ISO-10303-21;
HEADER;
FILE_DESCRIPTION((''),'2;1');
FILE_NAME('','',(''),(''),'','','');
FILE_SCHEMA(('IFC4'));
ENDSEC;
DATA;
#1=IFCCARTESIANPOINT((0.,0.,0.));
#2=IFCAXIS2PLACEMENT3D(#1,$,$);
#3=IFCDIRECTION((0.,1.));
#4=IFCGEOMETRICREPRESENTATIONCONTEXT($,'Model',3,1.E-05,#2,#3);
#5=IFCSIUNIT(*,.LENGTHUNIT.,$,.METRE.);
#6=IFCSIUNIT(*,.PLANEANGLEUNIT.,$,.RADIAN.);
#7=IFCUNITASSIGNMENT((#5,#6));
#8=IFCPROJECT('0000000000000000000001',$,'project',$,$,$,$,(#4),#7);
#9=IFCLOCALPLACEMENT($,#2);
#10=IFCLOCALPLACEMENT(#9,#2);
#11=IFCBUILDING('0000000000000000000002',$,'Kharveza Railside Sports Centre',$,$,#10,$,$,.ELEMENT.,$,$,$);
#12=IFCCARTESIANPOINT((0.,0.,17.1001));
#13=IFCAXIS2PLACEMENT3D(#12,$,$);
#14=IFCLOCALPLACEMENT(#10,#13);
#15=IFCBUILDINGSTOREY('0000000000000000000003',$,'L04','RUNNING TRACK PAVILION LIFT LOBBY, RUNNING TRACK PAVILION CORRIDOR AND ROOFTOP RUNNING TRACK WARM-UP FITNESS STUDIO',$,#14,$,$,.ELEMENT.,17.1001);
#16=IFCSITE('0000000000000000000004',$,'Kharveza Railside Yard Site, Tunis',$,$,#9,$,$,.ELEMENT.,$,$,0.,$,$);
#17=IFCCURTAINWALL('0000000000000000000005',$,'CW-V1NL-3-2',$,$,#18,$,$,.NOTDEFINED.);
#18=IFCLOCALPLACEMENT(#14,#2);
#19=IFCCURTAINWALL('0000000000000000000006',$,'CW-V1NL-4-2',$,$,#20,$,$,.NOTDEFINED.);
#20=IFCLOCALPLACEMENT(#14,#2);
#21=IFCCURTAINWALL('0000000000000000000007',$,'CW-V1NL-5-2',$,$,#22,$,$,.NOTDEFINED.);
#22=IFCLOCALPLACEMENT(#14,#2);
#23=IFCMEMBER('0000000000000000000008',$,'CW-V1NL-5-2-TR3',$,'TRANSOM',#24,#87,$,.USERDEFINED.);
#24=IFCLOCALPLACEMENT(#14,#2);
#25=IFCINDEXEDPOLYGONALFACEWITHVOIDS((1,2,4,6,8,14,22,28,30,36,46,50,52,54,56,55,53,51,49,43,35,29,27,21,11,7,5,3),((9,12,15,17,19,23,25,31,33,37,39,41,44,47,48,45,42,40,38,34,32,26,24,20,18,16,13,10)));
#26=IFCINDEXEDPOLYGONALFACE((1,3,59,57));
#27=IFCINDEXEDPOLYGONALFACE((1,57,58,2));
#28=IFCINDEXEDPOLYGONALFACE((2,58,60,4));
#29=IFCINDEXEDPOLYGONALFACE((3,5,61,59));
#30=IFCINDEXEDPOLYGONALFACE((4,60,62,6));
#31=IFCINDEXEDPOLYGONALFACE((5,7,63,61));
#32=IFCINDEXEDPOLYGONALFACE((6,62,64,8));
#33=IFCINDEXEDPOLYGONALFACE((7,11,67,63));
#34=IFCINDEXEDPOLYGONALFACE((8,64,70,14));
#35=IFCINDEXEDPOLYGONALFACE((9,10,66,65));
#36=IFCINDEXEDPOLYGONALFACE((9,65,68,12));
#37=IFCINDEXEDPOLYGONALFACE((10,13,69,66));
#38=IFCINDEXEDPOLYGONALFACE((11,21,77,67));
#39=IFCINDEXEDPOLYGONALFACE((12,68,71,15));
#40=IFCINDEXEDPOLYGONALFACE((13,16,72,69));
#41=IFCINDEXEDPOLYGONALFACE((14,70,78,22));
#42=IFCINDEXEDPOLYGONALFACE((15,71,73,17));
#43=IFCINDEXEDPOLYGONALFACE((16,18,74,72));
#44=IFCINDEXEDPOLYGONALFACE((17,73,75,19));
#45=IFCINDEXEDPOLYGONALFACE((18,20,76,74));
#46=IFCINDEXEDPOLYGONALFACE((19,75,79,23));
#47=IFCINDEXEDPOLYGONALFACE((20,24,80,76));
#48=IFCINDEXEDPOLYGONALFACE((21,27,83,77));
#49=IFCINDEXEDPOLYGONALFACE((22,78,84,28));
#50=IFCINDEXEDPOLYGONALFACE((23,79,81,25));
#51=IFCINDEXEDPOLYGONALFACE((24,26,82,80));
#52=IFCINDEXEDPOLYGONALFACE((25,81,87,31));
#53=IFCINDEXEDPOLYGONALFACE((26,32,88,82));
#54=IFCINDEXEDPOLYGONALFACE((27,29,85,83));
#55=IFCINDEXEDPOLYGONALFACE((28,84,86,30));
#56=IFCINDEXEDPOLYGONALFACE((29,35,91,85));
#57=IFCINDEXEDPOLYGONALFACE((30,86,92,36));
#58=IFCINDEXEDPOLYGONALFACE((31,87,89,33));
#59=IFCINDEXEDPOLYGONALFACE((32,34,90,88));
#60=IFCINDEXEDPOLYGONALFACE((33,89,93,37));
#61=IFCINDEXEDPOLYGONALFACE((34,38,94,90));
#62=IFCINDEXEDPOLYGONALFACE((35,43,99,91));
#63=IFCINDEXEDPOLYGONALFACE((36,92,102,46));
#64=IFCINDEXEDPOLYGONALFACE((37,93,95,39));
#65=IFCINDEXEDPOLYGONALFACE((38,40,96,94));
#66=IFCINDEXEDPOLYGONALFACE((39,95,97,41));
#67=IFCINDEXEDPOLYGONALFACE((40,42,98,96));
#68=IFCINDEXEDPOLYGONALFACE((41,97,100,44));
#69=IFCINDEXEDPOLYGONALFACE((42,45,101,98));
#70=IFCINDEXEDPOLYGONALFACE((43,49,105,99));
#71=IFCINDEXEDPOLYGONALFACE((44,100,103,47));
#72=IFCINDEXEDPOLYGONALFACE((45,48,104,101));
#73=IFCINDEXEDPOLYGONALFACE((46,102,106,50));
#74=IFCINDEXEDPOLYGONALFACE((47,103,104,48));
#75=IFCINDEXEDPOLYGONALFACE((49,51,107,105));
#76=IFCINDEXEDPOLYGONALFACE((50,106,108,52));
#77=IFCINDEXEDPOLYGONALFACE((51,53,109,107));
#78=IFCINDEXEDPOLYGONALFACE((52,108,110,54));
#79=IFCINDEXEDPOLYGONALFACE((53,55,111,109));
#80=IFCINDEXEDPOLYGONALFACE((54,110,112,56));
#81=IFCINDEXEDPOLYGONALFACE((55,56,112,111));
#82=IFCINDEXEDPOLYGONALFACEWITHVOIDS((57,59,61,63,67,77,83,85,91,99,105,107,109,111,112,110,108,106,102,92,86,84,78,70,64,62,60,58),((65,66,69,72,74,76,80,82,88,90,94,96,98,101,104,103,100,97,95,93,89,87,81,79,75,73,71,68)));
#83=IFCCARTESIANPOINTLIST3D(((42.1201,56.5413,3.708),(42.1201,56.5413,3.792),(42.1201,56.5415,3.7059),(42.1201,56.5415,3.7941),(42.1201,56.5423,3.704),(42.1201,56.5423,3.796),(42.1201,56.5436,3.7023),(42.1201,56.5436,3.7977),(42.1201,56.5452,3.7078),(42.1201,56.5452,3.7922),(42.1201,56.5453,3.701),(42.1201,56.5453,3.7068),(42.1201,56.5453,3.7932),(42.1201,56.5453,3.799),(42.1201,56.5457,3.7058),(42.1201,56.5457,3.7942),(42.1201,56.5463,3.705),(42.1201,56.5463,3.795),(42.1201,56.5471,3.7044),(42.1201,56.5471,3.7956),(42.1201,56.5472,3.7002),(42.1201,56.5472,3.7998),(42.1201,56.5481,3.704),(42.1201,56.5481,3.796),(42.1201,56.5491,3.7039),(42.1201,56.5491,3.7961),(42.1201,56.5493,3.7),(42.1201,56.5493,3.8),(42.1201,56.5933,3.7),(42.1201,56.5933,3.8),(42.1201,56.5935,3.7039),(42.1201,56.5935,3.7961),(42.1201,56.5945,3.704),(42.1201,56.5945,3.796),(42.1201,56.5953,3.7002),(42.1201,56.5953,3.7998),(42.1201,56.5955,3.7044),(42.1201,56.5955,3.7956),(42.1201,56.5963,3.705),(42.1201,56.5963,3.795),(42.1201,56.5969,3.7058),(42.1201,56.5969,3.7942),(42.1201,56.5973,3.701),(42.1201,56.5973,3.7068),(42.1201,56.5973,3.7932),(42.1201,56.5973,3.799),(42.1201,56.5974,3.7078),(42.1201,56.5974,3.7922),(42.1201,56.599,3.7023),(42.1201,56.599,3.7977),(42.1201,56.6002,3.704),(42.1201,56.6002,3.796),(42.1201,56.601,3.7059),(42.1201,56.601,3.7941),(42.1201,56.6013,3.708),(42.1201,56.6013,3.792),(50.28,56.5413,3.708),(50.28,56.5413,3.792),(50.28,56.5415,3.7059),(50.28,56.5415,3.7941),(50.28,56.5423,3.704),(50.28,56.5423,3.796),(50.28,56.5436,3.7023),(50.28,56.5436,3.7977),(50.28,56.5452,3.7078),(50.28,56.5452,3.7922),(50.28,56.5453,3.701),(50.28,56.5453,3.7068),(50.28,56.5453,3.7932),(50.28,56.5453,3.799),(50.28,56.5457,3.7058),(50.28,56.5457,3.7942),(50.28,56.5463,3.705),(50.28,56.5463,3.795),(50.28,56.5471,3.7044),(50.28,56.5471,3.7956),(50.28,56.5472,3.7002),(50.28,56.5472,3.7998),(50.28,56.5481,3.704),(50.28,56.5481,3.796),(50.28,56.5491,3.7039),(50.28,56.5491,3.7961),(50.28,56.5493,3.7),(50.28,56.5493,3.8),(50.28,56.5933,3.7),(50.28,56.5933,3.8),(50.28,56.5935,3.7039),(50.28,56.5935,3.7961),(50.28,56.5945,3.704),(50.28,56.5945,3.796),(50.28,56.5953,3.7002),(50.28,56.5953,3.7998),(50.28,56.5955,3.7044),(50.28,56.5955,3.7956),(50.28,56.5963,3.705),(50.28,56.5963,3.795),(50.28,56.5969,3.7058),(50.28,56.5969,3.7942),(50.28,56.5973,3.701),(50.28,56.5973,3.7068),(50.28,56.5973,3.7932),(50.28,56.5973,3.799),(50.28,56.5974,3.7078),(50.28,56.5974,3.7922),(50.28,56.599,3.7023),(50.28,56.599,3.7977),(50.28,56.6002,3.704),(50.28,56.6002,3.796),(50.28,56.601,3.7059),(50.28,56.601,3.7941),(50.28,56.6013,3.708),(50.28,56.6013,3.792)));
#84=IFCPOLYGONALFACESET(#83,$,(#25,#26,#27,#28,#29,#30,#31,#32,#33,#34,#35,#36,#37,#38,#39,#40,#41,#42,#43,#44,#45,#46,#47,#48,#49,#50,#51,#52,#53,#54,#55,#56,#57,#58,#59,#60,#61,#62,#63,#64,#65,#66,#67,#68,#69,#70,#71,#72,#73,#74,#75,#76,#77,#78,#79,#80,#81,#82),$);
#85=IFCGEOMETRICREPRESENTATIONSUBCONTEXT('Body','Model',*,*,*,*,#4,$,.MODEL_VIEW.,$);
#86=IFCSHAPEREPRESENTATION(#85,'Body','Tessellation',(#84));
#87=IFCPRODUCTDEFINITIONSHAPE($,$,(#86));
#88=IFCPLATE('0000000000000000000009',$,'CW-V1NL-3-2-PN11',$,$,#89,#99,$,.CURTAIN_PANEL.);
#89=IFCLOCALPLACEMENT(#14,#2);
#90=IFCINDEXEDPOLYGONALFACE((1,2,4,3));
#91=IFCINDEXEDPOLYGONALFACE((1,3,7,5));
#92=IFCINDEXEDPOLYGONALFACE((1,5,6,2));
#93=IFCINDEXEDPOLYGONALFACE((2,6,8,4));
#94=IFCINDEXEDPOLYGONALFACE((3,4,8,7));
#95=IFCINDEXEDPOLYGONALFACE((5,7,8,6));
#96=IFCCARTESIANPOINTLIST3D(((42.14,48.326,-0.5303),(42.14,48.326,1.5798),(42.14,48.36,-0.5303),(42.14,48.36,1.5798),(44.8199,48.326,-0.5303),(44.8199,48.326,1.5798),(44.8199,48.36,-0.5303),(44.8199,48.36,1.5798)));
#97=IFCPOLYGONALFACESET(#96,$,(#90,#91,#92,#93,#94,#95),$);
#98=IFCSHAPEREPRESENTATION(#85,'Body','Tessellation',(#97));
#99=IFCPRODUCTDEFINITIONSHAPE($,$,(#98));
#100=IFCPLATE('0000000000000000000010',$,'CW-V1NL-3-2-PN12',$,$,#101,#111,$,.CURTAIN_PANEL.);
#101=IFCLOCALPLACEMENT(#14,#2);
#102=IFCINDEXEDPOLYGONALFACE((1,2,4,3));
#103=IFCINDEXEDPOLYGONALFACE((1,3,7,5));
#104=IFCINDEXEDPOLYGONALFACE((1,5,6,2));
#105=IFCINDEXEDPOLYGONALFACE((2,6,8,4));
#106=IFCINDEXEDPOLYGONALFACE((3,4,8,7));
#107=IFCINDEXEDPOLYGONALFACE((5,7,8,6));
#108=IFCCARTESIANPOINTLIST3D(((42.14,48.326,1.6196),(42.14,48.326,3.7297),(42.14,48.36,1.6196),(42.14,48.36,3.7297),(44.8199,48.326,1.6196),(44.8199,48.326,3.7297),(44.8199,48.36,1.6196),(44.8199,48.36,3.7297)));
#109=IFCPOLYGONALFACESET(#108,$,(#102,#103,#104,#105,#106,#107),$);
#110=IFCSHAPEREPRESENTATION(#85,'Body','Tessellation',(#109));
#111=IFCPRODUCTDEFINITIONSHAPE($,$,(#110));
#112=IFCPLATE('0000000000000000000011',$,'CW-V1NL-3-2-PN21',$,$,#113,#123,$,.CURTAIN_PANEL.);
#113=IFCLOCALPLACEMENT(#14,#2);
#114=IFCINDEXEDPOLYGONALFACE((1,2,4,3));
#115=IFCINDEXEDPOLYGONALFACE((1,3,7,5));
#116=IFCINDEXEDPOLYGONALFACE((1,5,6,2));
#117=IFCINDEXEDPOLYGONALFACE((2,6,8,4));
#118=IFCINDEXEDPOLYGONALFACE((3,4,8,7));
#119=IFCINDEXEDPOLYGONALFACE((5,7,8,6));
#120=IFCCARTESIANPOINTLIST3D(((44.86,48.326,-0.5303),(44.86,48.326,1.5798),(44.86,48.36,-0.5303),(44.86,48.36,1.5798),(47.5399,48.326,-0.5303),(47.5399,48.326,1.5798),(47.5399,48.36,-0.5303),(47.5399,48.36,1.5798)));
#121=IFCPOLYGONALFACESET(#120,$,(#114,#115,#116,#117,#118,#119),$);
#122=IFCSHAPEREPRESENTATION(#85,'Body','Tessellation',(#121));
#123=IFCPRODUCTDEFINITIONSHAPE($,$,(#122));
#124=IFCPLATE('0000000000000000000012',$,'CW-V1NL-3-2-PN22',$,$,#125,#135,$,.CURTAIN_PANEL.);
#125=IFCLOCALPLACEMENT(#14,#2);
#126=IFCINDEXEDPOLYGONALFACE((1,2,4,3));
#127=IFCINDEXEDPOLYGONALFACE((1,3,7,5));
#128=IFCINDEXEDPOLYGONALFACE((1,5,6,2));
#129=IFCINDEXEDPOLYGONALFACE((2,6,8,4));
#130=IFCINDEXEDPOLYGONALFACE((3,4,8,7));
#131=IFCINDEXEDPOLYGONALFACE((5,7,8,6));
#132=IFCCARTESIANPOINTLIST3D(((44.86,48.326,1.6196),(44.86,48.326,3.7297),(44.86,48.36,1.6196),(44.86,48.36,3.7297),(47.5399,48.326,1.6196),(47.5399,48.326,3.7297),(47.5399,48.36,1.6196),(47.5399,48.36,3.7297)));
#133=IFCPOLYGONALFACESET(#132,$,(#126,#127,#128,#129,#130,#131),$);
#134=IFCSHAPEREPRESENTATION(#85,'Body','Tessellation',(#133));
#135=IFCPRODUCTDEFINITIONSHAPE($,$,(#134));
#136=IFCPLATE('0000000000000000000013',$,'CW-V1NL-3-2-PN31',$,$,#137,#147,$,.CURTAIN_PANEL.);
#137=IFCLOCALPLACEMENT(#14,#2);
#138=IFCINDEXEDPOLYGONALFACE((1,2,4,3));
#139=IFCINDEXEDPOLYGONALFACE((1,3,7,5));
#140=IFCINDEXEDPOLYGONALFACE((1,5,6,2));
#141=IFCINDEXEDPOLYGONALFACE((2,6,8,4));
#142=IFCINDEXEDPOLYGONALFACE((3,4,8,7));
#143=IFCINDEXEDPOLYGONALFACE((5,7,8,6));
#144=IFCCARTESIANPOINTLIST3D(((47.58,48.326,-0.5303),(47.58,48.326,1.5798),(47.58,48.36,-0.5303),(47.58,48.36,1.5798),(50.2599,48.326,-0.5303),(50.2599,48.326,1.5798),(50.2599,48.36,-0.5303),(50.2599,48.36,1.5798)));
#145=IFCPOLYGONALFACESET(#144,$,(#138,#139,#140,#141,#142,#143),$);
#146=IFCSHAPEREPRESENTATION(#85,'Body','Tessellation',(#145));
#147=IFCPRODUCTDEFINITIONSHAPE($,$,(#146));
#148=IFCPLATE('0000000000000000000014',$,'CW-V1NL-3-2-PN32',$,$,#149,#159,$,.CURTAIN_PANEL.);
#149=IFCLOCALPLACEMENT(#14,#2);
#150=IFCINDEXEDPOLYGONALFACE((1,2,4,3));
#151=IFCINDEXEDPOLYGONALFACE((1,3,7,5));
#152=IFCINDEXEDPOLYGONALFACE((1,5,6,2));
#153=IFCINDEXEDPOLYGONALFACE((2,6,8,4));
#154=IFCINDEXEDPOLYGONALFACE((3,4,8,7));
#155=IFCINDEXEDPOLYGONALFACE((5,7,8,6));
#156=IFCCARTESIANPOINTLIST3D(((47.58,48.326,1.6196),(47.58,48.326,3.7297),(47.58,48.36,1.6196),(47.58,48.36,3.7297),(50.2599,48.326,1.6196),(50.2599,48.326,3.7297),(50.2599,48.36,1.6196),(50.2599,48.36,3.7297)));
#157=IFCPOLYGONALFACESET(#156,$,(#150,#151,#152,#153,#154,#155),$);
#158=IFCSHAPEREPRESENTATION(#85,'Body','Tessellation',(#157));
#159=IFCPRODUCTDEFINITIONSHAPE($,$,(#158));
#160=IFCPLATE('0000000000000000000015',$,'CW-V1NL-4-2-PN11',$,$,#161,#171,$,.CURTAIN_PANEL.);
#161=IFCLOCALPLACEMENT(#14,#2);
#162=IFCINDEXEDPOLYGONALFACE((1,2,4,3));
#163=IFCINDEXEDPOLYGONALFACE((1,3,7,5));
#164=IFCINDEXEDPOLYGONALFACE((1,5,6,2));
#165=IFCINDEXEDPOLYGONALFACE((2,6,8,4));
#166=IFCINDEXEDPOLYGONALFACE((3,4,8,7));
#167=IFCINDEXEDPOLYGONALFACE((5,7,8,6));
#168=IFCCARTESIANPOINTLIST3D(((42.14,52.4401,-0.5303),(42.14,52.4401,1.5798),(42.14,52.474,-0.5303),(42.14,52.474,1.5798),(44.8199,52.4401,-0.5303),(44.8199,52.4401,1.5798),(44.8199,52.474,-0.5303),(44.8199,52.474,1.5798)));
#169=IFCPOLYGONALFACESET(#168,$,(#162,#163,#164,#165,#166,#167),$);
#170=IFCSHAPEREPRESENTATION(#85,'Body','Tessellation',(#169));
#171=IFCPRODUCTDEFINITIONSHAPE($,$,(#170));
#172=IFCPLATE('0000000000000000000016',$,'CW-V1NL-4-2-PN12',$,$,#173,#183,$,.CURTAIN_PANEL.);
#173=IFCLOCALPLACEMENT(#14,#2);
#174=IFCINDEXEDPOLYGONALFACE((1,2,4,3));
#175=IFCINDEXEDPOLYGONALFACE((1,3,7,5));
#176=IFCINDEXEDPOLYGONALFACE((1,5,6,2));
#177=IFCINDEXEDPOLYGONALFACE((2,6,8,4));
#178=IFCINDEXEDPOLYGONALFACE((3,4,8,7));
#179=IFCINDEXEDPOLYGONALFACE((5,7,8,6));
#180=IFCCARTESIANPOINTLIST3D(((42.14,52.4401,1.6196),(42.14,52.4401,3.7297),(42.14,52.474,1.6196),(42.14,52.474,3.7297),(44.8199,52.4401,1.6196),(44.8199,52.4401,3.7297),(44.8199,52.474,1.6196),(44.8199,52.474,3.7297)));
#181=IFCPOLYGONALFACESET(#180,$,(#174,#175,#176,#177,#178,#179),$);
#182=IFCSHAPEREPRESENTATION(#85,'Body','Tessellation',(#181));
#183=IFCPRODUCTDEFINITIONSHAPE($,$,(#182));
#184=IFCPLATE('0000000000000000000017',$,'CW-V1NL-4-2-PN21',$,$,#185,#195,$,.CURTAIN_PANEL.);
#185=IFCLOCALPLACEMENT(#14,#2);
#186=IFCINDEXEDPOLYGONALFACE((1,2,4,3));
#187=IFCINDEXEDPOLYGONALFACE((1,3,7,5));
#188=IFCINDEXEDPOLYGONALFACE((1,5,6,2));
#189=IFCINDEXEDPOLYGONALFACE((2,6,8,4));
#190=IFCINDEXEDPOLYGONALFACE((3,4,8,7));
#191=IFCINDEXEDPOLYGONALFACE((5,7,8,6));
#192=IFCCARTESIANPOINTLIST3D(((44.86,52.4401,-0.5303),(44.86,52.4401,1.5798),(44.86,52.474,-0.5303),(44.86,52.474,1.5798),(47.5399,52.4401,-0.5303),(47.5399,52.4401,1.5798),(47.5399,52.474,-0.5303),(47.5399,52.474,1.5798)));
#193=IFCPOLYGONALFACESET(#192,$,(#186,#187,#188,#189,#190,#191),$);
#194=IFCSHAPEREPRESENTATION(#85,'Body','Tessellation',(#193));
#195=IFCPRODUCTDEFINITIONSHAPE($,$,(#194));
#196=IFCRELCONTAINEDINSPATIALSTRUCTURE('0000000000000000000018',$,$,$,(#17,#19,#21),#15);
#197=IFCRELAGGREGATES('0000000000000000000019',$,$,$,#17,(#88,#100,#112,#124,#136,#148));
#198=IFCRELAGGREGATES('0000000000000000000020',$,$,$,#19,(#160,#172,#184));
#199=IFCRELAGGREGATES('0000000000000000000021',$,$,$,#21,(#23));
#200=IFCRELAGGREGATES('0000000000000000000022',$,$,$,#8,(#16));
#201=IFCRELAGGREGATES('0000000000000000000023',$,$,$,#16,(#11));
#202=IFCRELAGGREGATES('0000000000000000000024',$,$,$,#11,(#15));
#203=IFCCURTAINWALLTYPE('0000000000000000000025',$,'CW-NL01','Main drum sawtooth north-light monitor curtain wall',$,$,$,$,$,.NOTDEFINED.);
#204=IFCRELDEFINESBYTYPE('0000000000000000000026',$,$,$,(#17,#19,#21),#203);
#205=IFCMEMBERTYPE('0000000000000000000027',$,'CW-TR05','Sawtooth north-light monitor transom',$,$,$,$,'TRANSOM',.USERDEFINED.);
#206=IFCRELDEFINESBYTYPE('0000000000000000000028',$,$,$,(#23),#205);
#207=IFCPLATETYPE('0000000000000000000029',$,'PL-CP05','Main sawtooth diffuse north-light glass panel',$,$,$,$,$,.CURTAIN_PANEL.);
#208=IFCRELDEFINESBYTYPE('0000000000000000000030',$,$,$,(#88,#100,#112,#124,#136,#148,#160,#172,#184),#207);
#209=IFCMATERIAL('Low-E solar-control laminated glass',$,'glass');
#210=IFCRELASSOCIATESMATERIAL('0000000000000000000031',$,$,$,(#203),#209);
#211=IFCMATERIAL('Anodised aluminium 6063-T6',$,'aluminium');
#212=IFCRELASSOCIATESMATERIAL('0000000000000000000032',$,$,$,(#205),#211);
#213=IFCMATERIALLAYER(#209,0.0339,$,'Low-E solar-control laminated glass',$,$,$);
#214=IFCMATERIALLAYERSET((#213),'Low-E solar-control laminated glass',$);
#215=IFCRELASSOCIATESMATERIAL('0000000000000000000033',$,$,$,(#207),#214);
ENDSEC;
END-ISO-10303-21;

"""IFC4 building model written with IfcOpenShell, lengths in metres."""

from ifc_helpers import new_model, si_unit, direction, frame, origin, origin_2d, place, context, subcontext, project, spatial, rectangle, hollow_rectangle, extrude, material, layer, layer_set, material_profile, profile_set, type_object, element, aggregate, save


model = new_model("IFC4")

# Units and contexts
model_context = context("Model", 3, precision=1e-05, world=origin(), true_north=direction((0.0, 1.0)))
body_context = subcontext(model_context, "Body", "Model", "MODEL_VIEW")
ifc_project = project(units=[si_unit("LENGTHUNIT", "METRE"), si_unit("PLANEANGLEUNIT", "RADIAN")], contexts=[model_context])

# Site, building, storey
site_placement = place(None, origin())
site = spatial("IfcSite", under=ifc_project, at=site_placement, Name="Kharveza Railside Yard Site, Tunis", CompositionType="ELEMENT", RefElevation=0.0)
building_placement = place(site_placement, origin())
building = spatial("IfcBuilding", under=site, at=building_placement, Name="Kharveza Railside Sports Centre", CompositionType="ELEMENT")
storey_placement = place(building_placement, frame((0.0, 0.0, 17.1001)))
storey = spatial("IfcBuildingStorey", under=building, at=storey_placement, Name="L04", Description="RUNNING TRACK PAVILION LIFT LOBBY, RUNNING TRACK PAVILION CORRIDOR AND ROOFTOP RUNNING TRACK WARM-UP FITNESS STUDIO", CompositionType="ELEMENT", Elevation=17.1001)

# Curtain walls
ifc_material_1 = material(Name="Low-E solar-control laminated glass", Category="glass")
curtain_wall_type = type_object("IfcCurtainWallType", Name="CW-NL01", Description="Main drum sawtooth north-light monitor curtain wall", PredefinedType="NOTDEFINED", material=ifc_material_1)
curtain_wall_1_placement = place(storey_placement, origin())
curtain_wall_1 = element("IfcCurtainWall", 1, at=curtain_wall_1_placement, inside=storey, type_object=curtain_wall_type, Name="CW-V1NL-3-2", PredefinedType="NOTDEFINED")
ifc_material_2 = material(Name="Anodised aluminium 6063-T6", Category="aluminium")
curtain_wall_2_placement = place(storey_placement, origin())
curtain_wall_2 = element("IfcCurtainWall", 2, at=curtain_wall_2_placement, inside=storey, type_object=curtain_wall_type, Name="CW-V1NL-4-2", PredefinedType="NOTDEFINED")
curtain_wall_3_placement = place(storey_placement, origin())
curtain_wall_3 = element("IfcCurtainWall", 3, at=curtain_wall_3_placement, inside=storey, type_object=curtain_wall_type, Name="CW-V1NL-5-2", PredefinedType="NOTDEFINED")

# Member
ifc_material_profile_1 = material_profile(ifc_material_2, hollow_rectangle(XDim=0.0601, YDim=0.1001, WallThickness=0.0039, InnerFilletRadius=0.0039, OuterFilletRadius=0.0081, at=origin_2d()), Name="RHS 60x100x4.0")
ifc_profile_set_1 = profile_set([ifc_material_profile_1], Name="Anodised aluminium 6063-T6")
member_type_1 = type_object("IfcMemberType", Name="CW-TR05", Description="Sawtooth north-light monitor transom", ElementType="TRANSOM", PredefinedType="USERDEFINED", material=ifc_profile_set_1)
member_1_placement = place(storey_placement, frame((42.1201, 56.5713, 3.75), z_axis=(1.0, 0.0, 0.0), x_axis=(0.0, 1.0, 0.0)))
member_1 = element("IfcMember", 4, at=member_1_placement, type_object=member_type_1, Name="CW-V1NL-5-2-TR3", ObjectType="TRANSOM", PredefinedType="USERDEFINED", context=body_context, shape_type="SweptSolid", body=[
    extrude(hollow_rectangle(XDim=0.0601, YDim=0.1001, WallThickness=0.0039, InnerFilletRadius=0.0039, OuterFilletRadius=0.0081, at=origin_2d()), origin(), (0.0, 0.0, 1.0), 8.1599),
])

# Plates
ifc_layer = layer(ifc_material_1, 0.0339, Name="Low-E solar-control laminated glass")
ifc_layer_set = layer_set([ifc_layer], Name="Low-E solar-control laminated glass")
plate_type = type_object("IfcPlateType", Name="PL-CP05", Description="Main sawtooth diffuse north-light glass panel", PredefinedType="CURTAIN_PANEL", material=ifc_layer_set)
plate_1_placement = place(storey_placement, frame((43.48, 48.343, -0.5303), z_axis=(0.0, 0.0, 1.0), x_axis=(1.0, 0.0, 0.0)))
plate_1 = element("IfcPlate", 5, at=plate_1_placement, type_object=plate_type, Name="CW-V1NL-3-2-PN11", PredefinedType="CURTAIN_PANEL", context=body_context, shape_type="SweptSolid", body=[
    extrude(rectangle(XDim=2.6799, YDim=0.0339, at=origin_2d()), origin(), (0.0, 0.0, 1.0), 2.1101),
])
plate_2_placement = place(storey_placement, frame((43.48, 48.343, 1.6196), z_axis=(0.0, 0.0, 1.0), x_axis=(1.0, 0.0, 0.0)))
plate_2 = element("IfcPlate", 6, at=plate_2_placement, type_object=plate_type, Name="CW-V1NL-3-2-PN12", PredefinedType="CURTAIN_PANEL", context=body_context, shape_type="SweptSolid", body=[
    extrude(rectangle(XDim=2.6799, YDim=0.0339, at=origin_2d()), origin(), (0.0, 0.0, 1.0), 2.1101),
])
plate_3_placement = place(storey_placement, frame((46.2, 48.343, -0.5303), z_axis=(0.0, 0.0, 1.0), x_axis=(1.0, 0.0, 0.0)))
plate_3 = element("IfcPlate", 7, at=plate_3_placement, type_object=plate_type, Name="CW-V1NL-3-2-PN21", PredefinedType="CURTAIN_PANEL", context=body_context, shape_type="SweptSolid", body=[
    extrude(rectangle(XDim=2.6799, YDim=0.0339, at=origin_2d()), origin(), (0.0, 0.0, 1.0), 2.1101),
])
plate_4_placement = place(storey_placement, frame((46.2, 48.343, 1.6196), z_axis=(0.0, 0.0, 1.0), x_axis=(1.0, 0.0, 0.0)))
plate_4 = element("IfcPlate", 8, at=plate_4_placement, type_object=plate_type, Name="CW-V1NL-3-2-PN22", PredefinedType="CURTAIN_PANEL", context=body_context, shape_type="SweptSolid", body=[
    extrude(rectangle(XDim=2.6799, YDim=0.0339, at=origin_2d()), origin(), (0.0, 0.0, 1.0), 2.1101),
])
plate_5_placement = place(storey_placement, frame((48.9199, 48.343, -0.5303), z_axis=(0.0, 0.0, 1.0), x_axis=(1.0, 0.0, 0.0)))
plate_5 = element("IfcPlate", 9, at=plate_5_placement, type_object=plate_type, Name="CW-V1NL-3-2-PN31", PredefinedType="CURTAIN_PANEL", context=body_context, shape_type="SweptSolid", body=[
    extrude(rectangle(XDim=2.6799, YDim=0.0339, at=origin_2d()), origin(), (0.0, 0.0, 1.0), 2.1101),
])
plate_6_placement = place(storey_placement, frame((48.9199, 48.343, 1.6196), z_axis=(0.0, 0.0, 1.0), x_axis=(1.0, 0.0, 0.0)))
plate_6 = element("IfcPlate", 10, at=plate_6_placement, type_object=plate_type, Name="CW-V1NL-3-2-PN32", PredefinedType="CURTAIN_PANEL", context=body_context, shape_type="SweptSolid", body=[
    extrude(rectangle(XDim=2.6799, YDim=0.0339, at=origin_2d()), origin(), (0.0, 0.0, 1.0), 2.1101),
])
aggregate(curtain_wall_1, [plate_1, plate_2, plate_3, plate_4, plate_5, plate_6])
plate_7_placement = place(storey_placement, frame((43.48, 52.457, -0.5303), z_axis=(0.0, 0.0, 1.0), x_axis=(1.0, 0.0, 0.0)))
plate_7 = element("IfcPlate", 11, at=plate_7_placement, type_object=plate_type, Name="CW-V1NL-4-2-PN11", PredefinedType="CURTAIN_PANEL", context=body_context, shape_type="SweptSolid", body=[
    extrude(rectangle(XDim=2.6799, YDim=0.0339, at=origin_2d()), origin(), (0.0, 0.0, 1.0), 2.1101),
])
plate_8_placement = place(storey_placement, frame((43.48, 52.457, 1.6196), z_axis=(0.0, 0.0, 1.0), x_axis=(1.0, 0.0, 0.0)))
plate_8 = element("IfcPlate", 12, at=plate_8_placement, type_object=plate_type, Name="CW-V1NL-4-2-PN12", PredefinedType="CURTAIN_PANEL", context=body_context, shape_type="SweptSolid", body=[
    extrude(rectangle(XDim=2.6799, YDim=0.0339, at=origin_2d()), origin(), (0.0, 0.0, 1.0), 2.1101),
])
plate_9_placement = place(storey_placement, frame((46.2, 52.457, -0.5303), z_axis=(0.0, 0.0, 1.0), x_axis=(1.0, 0.0, 0.0)))
plate_9 = element("IfcPlate", 13, at=plate_9_placement, type_object=plate_type, Name="CW-V1NL-4-2-PN21", PredefinedType="CURTAIN_PANEL", context=body_context, shape_type="SweptSolid", body=[
    extrude(rectangle(XDim=2.6799, YDim=0.0339, at=origin_2d()), origin(), (0.0, 0.0, 1.0), 2.1101),
])
aggregate(curtain_wall_2, [plate_7, plate_8, plate_9])
aggregate(curtain_wall_3, [member_1])

save(model, "model.ifc")
